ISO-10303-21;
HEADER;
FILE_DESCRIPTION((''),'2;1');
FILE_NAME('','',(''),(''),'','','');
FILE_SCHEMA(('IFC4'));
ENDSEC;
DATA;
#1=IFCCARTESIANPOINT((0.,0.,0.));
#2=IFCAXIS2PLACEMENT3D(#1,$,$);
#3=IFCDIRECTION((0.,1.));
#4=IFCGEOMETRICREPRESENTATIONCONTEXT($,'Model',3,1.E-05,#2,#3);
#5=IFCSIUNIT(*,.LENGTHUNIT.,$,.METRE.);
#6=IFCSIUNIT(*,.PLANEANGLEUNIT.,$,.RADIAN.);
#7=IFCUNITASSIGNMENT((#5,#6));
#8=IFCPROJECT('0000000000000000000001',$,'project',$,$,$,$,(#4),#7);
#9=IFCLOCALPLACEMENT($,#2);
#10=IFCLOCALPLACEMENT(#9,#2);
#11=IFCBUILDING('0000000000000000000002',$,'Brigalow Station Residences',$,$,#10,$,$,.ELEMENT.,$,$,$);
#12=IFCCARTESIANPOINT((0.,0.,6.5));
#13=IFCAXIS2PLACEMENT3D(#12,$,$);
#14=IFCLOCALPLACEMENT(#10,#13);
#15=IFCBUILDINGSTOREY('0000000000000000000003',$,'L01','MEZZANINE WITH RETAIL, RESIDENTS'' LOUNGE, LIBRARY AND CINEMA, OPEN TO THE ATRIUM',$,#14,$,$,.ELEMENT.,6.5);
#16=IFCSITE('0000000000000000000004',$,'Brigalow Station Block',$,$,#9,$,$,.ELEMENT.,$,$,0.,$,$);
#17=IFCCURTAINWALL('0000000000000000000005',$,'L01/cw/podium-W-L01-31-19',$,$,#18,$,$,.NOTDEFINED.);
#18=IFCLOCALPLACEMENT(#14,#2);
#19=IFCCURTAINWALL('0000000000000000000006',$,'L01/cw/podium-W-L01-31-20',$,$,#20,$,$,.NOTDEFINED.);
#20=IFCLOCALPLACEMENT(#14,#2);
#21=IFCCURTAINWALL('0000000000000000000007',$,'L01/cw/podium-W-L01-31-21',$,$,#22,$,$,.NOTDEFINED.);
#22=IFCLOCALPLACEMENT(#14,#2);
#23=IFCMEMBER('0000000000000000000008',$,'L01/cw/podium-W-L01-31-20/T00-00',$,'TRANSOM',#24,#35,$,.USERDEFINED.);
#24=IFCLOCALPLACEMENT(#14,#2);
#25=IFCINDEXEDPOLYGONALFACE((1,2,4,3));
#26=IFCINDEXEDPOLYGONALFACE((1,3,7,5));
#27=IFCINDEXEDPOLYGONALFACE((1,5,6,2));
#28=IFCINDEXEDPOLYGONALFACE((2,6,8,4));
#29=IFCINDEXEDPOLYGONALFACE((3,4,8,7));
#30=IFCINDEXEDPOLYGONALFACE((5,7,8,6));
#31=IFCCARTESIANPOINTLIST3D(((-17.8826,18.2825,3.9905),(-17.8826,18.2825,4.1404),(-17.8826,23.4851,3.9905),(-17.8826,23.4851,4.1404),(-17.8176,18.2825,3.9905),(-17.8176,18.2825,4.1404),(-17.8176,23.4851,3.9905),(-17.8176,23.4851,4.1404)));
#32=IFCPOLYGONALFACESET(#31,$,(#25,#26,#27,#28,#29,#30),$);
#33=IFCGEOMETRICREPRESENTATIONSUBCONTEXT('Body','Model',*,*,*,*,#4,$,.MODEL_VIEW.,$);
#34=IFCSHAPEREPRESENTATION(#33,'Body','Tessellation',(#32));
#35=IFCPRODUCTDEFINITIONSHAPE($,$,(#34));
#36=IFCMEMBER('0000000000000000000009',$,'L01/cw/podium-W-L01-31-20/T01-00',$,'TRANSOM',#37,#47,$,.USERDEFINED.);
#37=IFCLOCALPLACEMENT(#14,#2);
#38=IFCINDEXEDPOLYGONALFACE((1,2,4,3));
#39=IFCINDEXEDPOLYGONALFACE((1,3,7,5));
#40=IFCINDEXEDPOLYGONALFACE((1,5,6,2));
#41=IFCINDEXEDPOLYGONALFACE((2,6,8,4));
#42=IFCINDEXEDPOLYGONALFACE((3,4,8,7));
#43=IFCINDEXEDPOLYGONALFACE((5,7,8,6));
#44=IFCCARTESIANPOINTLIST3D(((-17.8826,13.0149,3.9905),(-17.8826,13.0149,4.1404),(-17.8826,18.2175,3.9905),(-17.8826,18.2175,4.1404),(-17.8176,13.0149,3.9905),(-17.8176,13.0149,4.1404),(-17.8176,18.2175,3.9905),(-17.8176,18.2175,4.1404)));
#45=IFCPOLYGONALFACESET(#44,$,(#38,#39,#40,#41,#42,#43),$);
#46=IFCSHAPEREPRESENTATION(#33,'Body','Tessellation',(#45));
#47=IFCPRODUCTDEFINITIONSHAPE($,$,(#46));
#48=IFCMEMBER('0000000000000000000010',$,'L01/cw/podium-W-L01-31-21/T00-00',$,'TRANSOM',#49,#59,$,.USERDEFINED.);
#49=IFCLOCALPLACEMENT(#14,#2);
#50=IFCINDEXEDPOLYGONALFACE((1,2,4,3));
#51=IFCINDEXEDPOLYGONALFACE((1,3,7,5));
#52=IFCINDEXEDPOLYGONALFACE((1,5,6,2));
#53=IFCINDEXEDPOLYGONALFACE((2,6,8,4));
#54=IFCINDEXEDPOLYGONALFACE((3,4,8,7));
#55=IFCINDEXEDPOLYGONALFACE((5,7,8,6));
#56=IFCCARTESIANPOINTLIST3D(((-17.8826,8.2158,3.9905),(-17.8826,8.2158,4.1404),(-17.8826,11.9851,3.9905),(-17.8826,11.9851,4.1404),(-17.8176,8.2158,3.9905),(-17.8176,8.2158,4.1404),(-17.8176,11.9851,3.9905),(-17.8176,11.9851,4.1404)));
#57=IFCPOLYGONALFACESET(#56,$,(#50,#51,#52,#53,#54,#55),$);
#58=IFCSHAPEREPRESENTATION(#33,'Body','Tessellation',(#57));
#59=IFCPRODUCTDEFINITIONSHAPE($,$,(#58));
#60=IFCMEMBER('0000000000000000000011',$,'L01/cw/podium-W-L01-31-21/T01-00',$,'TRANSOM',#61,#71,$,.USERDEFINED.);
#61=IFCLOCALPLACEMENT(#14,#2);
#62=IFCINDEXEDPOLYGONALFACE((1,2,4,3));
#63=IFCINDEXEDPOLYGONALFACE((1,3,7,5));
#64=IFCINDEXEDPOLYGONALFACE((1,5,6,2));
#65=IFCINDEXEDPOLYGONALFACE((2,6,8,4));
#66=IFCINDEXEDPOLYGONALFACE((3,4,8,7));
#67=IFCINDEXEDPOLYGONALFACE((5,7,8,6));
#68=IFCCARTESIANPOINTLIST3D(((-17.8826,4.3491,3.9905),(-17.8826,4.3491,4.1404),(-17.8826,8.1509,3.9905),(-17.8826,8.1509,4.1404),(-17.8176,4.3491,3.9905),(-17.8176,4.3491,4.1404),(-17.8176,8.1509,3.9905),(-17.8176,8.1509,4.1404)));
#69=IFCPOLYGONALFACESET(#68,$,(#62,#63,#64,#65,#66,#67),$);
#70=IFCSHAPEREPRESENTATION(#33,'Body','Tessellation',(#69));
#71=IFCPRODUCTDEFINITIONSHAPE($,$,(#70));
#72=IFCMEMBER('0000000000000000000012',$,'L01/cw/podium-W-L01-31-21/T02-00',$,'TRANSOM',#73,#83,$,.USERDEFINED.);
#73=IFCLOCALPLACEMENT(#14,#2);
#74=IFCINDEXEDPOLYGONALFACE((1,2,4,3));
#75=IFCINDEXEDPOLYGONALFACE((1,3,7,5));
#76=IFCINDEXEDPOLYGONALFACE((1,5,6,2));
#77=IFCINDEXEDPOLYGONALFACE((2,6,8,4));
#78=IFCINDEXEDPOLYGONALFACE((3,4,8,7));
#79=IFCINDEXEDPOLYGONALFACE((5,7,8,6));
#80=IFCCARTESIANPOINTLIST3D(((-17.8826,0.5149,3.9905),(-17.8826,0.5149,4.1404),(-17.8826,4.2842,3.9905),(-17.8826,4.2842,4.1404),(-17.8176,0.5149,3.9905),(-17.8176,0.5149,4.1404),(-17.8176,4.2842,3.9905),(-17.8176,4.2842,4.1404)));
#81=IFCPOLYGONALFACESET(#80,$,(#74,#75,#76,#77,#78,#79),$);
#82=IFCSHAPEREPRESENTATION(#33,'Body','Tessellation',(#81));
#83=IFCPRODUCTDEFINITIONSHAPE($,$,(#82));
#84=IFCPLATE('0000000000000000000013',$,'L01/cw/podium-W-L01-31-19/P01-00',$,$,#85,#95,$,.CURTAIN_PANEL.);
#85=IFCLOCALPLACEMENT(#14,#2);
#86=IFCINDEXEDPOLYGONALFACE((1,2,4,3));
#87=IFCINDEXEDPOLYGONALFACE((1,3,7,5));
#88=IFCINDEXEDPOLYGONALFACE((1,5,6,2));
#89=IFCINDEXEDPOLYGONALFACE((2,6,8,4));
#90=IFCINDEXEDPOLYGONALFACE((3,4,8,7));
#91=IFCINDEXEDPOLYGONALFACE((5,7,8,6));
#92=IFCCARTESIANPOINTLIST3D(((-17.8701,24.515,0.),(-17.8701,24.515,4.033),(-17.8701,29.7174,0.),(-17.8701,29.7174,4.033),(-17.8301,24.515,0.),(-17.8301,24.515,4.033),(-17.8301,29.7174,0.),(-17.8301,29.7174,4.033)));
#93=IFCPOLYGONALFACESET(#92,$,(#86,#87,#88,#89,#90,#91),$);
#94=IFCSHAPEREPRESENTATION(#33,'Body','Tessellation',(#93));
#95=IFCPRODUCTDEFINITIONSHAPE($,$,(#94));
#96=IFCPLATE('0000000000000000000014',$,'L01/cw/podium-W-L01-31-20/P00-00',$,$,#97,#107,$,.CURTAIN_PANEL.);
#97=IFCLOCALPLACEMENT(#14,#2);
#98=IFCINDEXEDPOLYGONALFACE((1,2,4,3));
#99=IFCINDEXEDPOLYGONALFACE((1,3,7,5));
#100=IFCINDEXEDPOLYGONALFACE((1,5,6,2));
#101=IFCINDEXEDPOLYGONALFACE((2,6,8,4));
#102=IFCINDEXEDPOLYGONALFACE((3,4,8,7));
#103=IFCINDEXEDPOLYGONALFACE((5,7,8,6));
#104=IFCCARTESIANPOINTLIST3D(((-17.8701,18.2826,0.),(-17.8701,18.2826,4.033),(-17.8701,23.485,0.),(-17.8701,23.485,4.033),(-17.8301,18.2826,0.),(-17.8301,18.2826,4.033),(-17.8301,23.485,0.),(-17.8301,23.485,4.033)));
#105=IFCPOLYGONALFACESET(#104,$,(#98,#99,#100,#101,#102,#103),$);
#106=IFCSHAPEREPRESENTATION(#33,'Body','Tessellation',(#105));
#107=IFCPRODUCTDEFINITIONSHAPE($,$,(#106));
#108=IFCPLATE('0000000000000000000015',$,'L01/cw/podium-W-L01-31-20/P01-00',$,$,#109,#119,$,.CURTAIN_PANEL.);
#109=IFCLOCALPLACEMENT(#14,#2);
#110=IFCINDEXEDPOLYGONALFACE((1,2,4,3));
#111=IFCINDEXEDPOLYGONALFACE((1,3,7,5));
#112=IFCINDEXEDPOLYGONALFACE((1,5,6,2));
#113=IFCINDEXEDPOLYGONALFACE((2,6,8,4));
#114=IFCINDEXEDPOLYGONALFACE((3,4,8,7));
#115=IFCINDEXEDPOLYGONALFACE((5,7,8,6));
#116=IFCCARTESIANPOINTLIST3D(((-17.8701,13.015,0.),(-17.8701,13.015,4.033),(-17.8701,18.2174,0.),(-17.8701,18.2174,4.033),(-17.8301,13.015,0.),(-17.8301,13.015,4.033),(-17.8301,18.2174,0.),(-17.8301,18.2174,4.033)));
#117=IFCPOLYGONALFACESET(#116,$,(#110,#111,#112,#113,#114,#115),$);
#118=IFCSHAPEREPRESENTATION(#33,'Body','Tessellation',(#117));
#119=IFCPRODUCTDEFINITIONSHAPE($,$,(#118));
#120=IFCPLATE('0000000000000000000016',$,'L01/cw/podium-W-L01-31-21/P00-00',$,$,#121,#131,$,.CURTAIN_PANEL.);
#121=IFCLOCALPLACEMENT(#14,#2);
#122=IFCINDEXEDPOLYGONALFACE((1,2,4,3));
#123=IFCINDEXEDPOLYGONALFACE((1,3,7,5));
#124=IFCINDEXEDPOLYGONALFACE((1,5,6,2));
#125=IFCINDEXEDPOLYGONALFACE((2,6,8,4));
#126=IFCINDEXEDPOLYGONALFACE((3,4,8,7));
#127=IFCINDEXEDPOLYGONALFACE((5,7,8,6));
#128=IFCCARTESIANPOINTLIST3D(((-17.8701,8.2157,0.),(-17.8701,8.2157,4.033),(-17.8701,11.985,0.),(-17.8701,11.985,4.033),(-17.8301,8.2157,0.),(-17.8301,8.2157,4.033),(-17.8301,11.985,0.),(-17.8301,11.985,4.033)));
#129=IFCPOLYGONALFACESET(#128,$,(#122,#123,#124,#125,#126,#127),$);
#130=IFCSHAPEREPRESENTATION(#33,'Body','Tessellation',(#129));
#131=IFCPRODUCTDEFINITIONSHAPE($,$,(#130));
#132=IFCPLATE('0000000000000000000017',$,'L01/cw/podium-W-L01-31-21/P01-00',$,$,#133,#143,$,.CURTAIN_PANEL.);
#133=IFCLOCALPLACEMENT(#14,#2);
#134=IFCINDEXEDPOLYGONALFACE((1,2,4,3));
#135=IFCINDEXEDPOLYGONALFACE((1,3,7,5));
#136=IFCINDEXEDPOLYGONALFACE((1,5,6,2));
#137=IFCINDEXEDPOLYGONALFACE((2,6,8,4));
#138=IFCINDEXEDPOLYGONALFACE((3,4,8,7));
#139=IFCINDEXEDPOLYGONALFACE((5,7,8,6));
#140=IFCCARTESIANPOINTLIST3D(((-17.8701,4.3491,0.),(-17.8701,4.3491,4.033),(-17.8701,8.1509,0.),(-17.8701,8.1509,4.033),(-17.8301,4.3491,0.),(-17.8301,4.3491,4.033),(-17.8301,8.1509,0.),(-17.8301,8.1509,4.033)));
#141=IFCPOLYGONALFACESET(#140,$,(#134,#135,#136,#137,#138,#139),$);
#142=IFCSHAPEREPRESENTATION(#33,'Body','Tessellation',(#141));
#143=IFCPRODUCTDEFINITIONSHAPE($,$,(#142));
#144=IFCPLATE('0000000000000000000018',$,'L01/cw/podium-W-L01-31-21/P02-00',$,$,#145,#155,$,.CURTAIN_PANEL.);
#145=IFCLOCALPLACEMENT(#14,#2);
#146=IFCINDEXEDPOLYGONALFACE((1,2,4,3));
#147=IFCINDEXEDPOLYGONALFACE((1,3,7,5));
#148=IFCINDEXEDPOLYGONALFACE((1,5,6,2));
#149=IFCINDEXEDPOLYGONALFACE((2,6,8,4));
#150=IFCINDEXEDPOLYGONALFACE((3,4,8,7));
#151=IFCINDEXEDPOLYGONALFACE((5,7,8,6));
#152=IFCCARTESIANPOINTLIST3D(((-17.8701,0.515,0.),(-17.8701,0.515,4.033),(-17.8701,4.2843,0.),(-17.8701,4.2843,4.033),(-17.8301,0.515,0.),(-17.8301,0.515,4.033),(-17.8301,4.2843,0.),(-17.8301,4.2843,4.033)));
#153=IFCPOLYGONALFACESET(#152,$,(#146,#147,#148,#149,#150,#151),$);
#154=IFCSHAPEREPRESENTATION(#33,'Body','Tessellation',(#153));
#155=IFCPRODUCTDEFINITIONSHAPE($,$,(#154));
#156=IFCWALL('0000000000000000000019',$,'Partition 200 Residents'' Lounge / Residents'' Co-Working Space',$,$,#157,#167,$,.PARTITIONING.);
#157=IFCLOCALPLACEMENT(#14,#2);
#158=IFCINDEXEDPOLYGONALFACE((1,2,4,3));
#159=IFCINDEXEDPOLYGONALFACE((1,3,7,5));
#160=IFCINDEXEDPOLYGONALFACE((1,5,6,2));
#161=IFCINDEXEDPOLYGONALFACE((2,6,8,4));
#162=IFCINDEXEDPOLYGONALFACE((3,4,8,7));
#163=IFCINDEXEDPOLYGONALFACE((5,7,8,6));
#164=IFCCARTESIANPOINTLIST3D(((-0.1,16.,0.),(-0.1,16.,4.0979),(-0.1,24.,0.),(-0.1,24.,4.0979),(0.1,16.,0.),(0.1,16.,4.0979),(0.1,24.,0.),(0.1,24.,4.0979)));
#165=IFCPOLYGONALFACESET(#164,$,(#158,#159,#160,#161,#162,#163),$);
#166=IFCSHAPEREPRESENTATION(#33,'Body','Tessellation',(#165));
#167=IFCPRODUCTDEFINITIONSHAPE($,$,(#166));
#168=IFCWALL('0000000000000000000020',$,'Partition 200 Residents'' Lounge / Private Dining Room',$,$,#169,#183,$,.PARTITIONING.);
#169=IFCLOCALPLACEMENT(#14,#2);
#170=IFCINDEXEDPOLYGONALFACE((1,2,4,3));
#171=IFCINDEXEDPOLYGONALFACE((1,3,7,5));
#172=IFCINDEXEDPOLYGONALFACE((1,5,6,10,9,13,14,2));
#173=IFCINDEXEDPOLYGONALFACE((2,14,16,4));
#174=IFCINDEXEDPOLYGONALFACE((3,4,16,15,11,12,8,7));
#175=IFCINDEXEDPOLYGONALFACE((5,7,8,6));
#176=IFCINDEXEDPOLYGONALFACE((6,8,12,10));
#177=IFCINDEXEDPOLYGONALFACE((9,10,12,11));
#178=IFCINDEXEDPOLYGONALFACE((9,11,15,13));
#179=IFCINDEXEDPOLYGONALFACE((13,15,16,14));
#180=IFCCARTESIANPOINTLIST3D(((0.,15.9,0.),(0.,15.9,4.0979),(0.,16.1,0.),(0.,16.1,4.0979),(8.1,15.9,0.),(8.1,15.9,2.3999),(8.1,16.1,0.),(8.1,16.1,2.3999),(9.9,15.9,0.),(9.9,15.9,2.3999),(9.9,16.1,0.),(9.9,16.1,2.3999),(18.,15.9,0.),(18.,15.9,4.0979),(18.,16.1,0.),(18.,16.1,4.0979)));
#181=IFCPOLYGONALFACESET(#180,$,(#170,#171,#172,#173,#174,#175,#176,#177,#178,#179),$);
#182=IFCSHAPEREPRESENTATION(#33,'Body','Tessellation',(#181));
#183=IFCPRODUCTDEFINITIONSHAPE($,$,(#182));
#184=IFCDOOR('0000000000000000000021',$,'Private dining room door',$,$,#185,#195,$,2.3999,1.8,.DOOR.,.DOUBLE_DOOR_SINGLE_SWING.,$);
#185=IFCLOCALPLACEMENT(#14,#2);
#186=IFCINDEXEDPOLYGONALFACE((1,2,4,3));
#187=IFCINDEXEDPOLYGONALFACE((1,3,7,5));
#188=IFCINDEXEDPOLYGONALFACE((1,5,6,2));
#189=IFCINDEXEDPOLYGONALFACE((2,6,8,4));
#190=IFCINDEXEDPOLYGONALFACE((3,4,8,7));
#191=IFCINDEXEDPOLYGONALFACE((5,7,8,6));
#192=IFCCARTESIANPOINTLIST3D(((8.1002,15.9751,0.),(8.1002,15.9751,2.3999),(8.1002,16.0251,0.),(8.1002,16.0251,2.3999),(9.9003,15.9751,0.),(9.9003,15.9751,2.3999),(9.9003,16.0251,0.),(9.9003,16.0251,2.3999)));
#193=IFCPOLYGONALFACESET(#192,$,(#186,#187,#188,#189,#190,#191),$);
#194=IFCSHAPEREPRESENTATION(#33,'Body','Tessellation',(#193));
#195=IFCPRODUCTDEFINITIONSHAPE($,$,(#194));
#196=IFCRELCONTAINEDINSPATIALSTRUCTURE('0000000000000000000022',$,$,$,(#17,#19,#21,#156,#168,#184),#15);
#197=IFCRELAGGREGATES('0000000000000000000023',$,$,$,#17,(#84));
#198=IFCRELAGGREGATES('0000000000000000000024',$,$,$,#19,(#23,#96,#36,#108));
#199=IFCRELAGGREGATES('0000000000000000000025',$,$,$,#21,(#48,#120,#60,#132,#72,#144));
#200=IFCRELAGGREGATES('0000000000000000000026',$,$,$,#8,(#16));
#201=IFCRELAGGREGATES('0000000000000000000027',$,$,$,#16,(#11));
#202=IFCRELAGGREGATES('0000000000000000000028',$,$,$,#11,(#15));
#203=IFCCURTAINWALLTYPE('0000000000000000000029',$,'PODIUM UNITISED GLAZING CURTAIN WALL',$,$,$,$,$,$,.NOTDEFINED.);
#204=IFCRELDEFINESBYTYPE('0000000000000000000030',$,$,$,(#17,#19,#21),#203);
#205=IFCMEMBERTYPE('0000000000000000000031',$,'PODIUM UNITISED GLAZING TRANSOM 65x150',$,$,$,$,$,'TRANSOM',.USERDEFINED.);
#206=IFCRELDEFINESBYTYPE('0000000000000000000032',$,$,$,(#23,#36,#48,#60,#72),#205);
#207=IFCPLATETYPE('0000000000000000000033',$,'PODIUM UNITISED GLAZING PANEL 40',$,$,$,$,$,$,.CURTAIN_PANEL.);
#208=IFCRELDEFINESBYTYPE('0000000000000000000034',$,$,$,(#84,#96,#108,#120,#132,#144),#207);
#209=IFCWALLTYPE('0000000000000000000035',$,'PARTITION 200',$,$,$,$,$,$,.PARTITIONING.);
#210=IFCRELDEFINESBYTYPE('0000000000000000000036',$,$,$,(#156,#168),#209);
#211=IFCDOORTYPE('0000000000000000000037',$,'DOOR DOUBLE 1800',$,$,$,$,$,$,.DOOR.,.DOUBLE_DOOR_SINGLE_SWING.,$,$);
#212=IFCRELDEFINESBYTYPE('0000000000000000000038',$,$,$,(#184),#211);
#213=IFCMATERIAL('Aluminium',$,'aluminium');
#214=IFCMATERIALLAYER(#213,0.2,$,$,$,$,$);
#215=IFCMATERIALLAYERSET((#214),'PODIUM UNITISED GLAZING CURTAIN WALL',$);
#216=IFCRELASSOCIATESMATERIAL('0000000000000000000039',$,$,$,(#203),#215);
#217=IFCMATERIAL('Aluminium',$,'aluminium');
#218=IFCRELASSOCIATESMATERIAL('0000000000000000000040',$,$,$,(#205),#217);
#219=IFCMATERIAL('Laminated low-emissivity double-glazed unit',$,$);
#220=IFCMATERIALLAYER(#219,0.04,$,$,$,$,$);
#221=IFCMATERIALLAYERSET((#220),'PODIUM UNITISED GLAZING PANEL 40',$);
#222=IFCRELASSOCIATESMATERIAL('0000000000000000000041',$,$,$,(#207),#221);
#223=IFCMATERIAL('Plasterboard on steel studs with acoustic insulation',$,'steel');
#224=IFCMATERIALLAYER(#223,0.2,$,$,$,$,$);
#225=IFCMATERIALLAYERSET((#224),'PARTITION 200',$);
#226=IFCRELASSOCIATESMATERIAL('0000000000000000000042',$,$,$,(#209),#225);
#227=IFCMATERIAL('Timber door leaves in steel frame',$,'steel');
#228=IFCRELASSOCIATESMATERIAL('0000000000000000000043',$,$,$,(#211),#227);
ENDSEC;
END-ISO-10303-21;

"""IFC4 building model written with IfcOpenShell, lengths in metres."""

from ifc_helpers import new_model, si_unit, direction, frame, frame_2d, origin, origin_2d, place, context, subcontext, project, spatial, rectangle, extrude, material, layer, layer_set, material_profile, profile_set, type_object, element, fill, aggregate, save


model = new_model("IFC4")

# Units and contexts
model_context = context("Model", 3, precision=1e-05, world=origin(), true_north=direction((0.0, 1.0)))
body_context = subcontext(model_context, "Body", "Model", "MODEL_VIEW")
ifc_project = project(units=[si_unit("LENGTHUNIT", "METRE"), si_unit("PLANEANGLEUNIT", "RADIAN")], contexts=[model_context])

# Site, building, storey
site_placement = place(None, origin())
site = spatial("IfcSite", under=ifc_project, at=site_placement, Name="Brigalow Station Block", CompositionType="ELEMENT", RefElevation=0.0)
building_placement = place(site_placement, origin())
building = spatial("IfcBuilding", under=site, at=building_placement, Name="Brigalow Station Residences", CompositionType="ELEMENT")
storey_placement = place(building_placement, frame((0.0, 0.0, 6.5)))
storey = spatial("IfcBuildingStorey", under=building, at=storey_placement, Name="L01", Description="MEZZANINE WITH RETAIL, RESIDENTS' LOUNGE, LIBRARY AND CINEMA, OPEN TO THE ATRIUM", CompositionType="ELEMENT", Elevation=6.5)

# Curtain wall
ifc_material_1 = material(Name="Aluminium", Category="aluminium")
ifc_layer_1 = layer(ifc_material_1, 0.2)
ifc_layer_set_1 = layer_set([ifc_layer_1], Name="PODIUM UNITISED GLAZING CURTAIN WALL")
curtain_wall_type = type_object("IfcCurtainWallType", Name="PODIUM UNITISED GLAZING CURTAIN WALL", PredefinedType="NOTDEFINED", material=ifc_layer_set_1)
curtain_wall_1_placement = place(storey_placement, origin())
curtain_wall_1 = element("IfcCurtainWall", 1, at=curtain_wall_1_placement, inside=storey, type_object=curtain_wall_type, Name="L01/cw/podium-W-L01-31-19", PredefinedType="NOTDEFINED")

# Curtain walls
curtain_wall_2_placement = place(storey_placement, origin())
curtain_wall_2 = element("IfcCurtainWall", 2, at=curtain_wall_2_placement, inside=storey, type_object=curtain_wall_type, Name="L01/cw/podium-W-L01-31-20", PredefinedType="NOTDEFINED")
curtain_wall_3_placement = place(storey_placement, origin())
curtain_wall_3 = element("IfcCurtainWall", 3, at=curtain_wall_3_placement, inside=storey, type_object=curtain_wall_type, Name="L01/cw/podium-W-L01-31-21", PredefinedType="NOTDEFINED")

# Members
ifc_material_2 = material(Name="Aluminium", Category="aluminium")
ifc_material_profile_1 = material_profile(ifc_material_2, rectangle(XDim=0.0649, YDim=0.1499, at=origin_2d()), Name="PODIUM UNITISED GLAZING TRANSOM 65x150")
ifc_profile_set_1 = profile_set([ifc_material_profile_1], Name="Aluminium")
member_type_1 = type_object("IfcMemberType", Name="PODIUM UNITISED GLAZING TRANSOM 65x150", ElementType="TRANSOM", PredefinedType="USERDEFINED", material=ifc_profile_set_1)
member_1_placement = place(storey_placement, frame((-17.8501, 23.4851, 4.0654), z_axis=(0.0, -1.0, 0.0), x_axis=(1.0, 0.0, 0.0)))
member_1 = element("IfcMember", 4, at=member_1_placement, type_object=member_type_1, Name="L01/cw/podium-W-L01-31-20/T00-00", ObjectType="TRANSOM", PredefinedType="USERDEFINED", context=body_context, shape_type="SweptSolid", body=[
    extrude(rectangle(XDim=0.0649, YDim=0.1499, at=origin_2d()), origin(), (0.0, 0.0, 1.0), 5.2026),
])
member_2_placement = place(storey_placement, frame((-17.8501, 18.2175, 4.0654), z_axis=(0.0, -1.0, 0.0), x_axis=(1.0, 0.0, 0.0)))
member_2 = element("IfcMember", 5, at=member_2_placement, type_object=member_type_1, Name="L01/cw/podium-W-L01-31-20/T01-00", ObjectType="TRANSOM", PredefinedType="USERDEFINED", context=body_context, shape_type="SweptSolid", body=[
    extrude(rectangle(XDim=0.0649, YDim=0.1499, at=origin_2d()), origin(), (0.0, 0.0, 1.0), 5.2026),
])
member_3_placement = place(storey_placement, frame((-17.8501, 11.9851, 4.0654), z_axis=(0.0, -1.0, 0.0), x_axis=(1.0, 0.0, 0.0)))
member_3 = element("IfcMember", 6, at=member_3_placement, type_object=member_type_1, Name="L01/cw/podium-W-L01-31-21/T00-00", ObjectType="TRANSOM", PredefinedType="USERDEFINED", context=body_context, shape_type="SweptSolid", body=[
    extrude(rectangle(XDim=0.0649, YDim=0.1499, at=origin_2d()), origin(), (0.0, 0.0, 1.0), 3.7693),
])
member_4_placement = place(storey_placement, frame((-17.8501, 8.1509, 4.0654), z_axis=(0.0, -1.0, 0.0), x_axis=(1.0, 0.0, 0.0)))
member_4 = element("IfcMember", 7, at=member_4_placement, type_object=member_type_1, Name="L01/cw/podium-W-L01-31-21/T01-00", ObjectType="TRANSOM", PredefinedType="USERDEFINED", context=body_context, shape_type="SweptSolid", body=[
    extrude(rectangle(XDim=0.0649, YDim=0.1499, at=origin_2d()), origin(), (0.0, 0.0, 1.0), 3.8018),
])
member_5_placement = place(storey_placement, frame((-17.8501, 4.2842, 4.0654), z_axis=(0.0, -1.0, 0.0), x_axis=(1.0, 0.0, 0.0)))
member_5 = element("IfcMember", 8, at=member_5_placement, type_object=member_type_1, Name="L01/cw/podium-W-L01-31-21/T02-00", ObjectType="TRANSOM", PredefinedType="USERDEFINED", context=body_context, shape_type="SweptSolid", body=[
    extrude(rectangle(XDim=0.0649, YDim=0.1499, at=origin_2d()), origin(), (0.0, 0.0, 1.0), 3.7693),
])

# Plates
ifc_material_3 = material(Name="Laminated low-emissivity double-glazed unit")
ifc_layer_2 = layer(ifc_material_3, 0.04)
ifc_layer_set_2 = layer_set([ifc_layer_2], Name="PODIUM UNITISED GLAZING PANEL 40")
plate_type = type_object("IfcPlateType", Name="PODIUM UNITISED GLAZING PANEL 40", PredefinedType="CURTAIN_PANEL", material=ifc_layer_set_2)
plate_1_placement = place(storey_placement, frame((-17.8501, 27.1162, 0.0), z_axis=(0.0, 0.0, 1.0), x_axis=(0.0, -1.0, 0.0)))
plate_1 = element("IfcPlate", 9, at=plate_1_placement, type_object=plate_type, Name="L01/cw/podium-W-L01-31-19/P01-00", PredefinedType="CURTAIN_PANEL", context=body_context, shape_type="SweptSolid", body=[
    extrude(rectangle(XDim=5.2024, YDim=0.04, at=origin_2d()), origin(), (0.0, 0.0, 1.0), 4.033),
])
aggregate(curtain_wall_1, [plate_1])
plate_2_placement = place(storey_placement, frame((-17.8501, 20.8838, 0.0), z_axis=(0.0, 0.0, 1.0), x_axis=(0.0, -1.0, 0.0)))
plate_2 = element("IfcPlate", 10, at=plate_2_placement, type_object=plate_type, Name="L01/cw/podium-W-L01-31-20/P00-00", PredefinedType="CURTAIN_PANEL", context=body_context, shape_type="SweptSolid", body=[
    extrude(rectangle(XDim=5.2024, YDim=0.04, at=origin_2d()), origin(), (0.0, 0.0, 1.0), 4.033),
])
plate_3_placement = place(storey_placement, frame((-17.8501, 15.6162, 0.0), z_axis=(0.0, 0.0, 1.0), x_axis=(0.0, -1.0, 0.0)))
plate_3 = element("IfcPlate", 11, at=plate_3_placement, type_object=plate_type, Name="L01/cw/podium-W-L01-31-20/P01-00", PredefinedType="CURTAIN_PANEL", context=body_context, shape_type="SweptSolid", body=[
    extrude(rectangle(XDim=5.2024, YDim=0.04, at=origin_2d()), origin(), (0.0, 0.0, 1.0), 4.033),
])
aggregate(curtain_wall_2, [member_1, plate_2, member_2, plate_3])
plate_4_placement = place(storey_placement, frame((-17.8501, 10.1003, 0.0), z_axis=(0.0, 0.0, 1.0), x_axis=(0.0, -1.0, 0.0)))
plate_4 = element("IfcPlate", 12, at=plate_4_placement, type_object=plate_type, Name="L01/cw/podium-W-L01-31-21/P00-00", PredefinedType="CURTAIN_PANEL", context=body_context, shape_type="SweptSolid", body=[
    extrude(rectangle(XDim=3.7693, YDim=0.04, at=origin_2d()), origin(), (0.0, 0.0, 1.0), 4.033),
])
plate_5_placement = place(storey_placement, frame((-17.8501, 6.25, 0.0), z_axis=(0.0, 0.0, 1.0), x_axis=(0.0, -1.0, 0.0)))
plate_5 = element("IfcPlate", 13, at=plate_5_placement, type_object=plate_type, Name="L01/cw/podium-W-L01-31-21/P01-00", PredefinedType="CURTAIN_PANEL", context=body_context, shape_type="SweptSolid", body=[
    extrude(rectangle(XDim=3.8018, YDim=0.04, at=origin_2d()), origin(), (0.0, 0.0, 1.0), 4.033),
])
plate_6_placement = place(storey_placement, frame((-17.8501, 2.3997, 0.0), z_axis=(0.0, 0.0, 1.0), x_axis=(0.0, -1.0, 0.0)))
plate_6 = element("IfcPlate", 14, at=plate_6_placement, type_object=plate_type, Name="L01/cw/podium-W-L01-31-21/P02-00", PredefinedType="CURTAIN_PANEL", context=body_context, shape_type="SweptSolid", body=[
    extrude(rectangle(XDim=3.7693, YDim=0.04, at=origin_2d()), origin(), (0.0, 0.0, 1.0), 4.033),
])
aggregate(curtain_wall_3, [member_3, plate_4, member_4, plate_5, member_5, plate_6])

# Wall
ifc_material_4 = material(Name="Plasterboard on steel studs with acoustic insulation", Category="steel")
ifc_layer_3 = layer(ifc_material_4, 0.2)
ifc_layer_set_3 = layer_set([ifc_layer_3], Name="PARTITION 200")
wall_type = type_object("IfcWallType", Name="PARTITION 200", PredefinedType="PARTITIONING", material=ifc_layer_set_3)
wall_1_placement = place(storey_placement, frame((0.0, 16.0, 0.0), z_axis=(0.0, 0.0, 1.0), x_axis=(0.0, 1.0, 0.0)))
element("IfcWall", 15, at=wall_1_placement, inside=storey, type_object=wall_type, Name="Partition 200 Residents' Lounge / Residents' Co-Working Space", PredefinedType="PARTITIONING", context=body_context, shape_type="SweptSolid", body=[
    extrude(rectangle(XDim=8.0, YDim=0.2, at=frame_2d((4.0, 0.0))), origin(), (0.0, 0.0, 1.0), 4.0979),
])

# Wall, opening, door
wall_2_placement = place(storey_placement, frame((0.0, 16.0, 0.0), z_axis=(0.0, 0.0, 1.0), x_axis=(1.0, 0.0, 0.0)))
wall_2 = element("IfcWall", 16, at=wall_2_placement, inside=storey, type_object=wall_type, Name="Partition 200 Residents' Lounge / Private Dining Room", PredefinedType="PARTITIONING", context=body_context, shape_type="SweptSolid", body=[
    extrude(rectangle(XDim=18.0, YDim=0.2, at=frame_2d((9.0, 0.0))), origin(), (0.0, 0.0, 1.0), 4.0979),
])
opening_1_placement = place(wall_2_placement, frame((8.1001, 0.0, 0.0)))
opening_1 = element("IfcOpeningElement", 17, at=opening_1_placement, cuts=wall_2, PredefinedType="OPENING", context=body_context, shape_type="SweptSolid", body=[
    extrude(rectangle(XDim=1.8, YDim=2.3999, at=frame_2d((0.8999, 1.2))), frame((0.0, 0.1099, 0.0), z_axis=(0.0, -1.0, 0.0), x_axis=(1.0, 0.0, 0.0)), (0.0, 0.0, 1.0), 0.22),
])
ifc_material_5 = material(Name="Timber door leaves in steel frame", Category="steel")
door_type = type_object("IfcDoorType", Name="DOOR DOUBLE 1800", OperationType="DOUBLE_DOOR_SINGLE_SWING", PredefinedType="DOOR", material=ifc_material_5)
door_1_placement = place(opening_1_placement, frame((1.8, 0.0, 0.0), z_axis=(0.0, 0.0, 1.0), x_axis=(-1.0, 0.0, 0.0)))
door_1 = element("IfcDoor", 18, at=door_1_placement, inside=storey, type_object=door_type, Name="Private dining room door", OperationType="DOUBLE_DOOR_SINGLE_SWING", OverallHeight=2.3999, OverallWidth=1.8, PredefinedType="DOOR", context=body_context, shape_type="SweptSolid", body=[
    extrude(rectangle(XDim=1.8, YDim=2.3999, at=frame_2d((0.8999, 1.2))), frame((0.0, 0.0249, 0.0), z_axis=(0.0, -1.0, 0.0), x_axis=(1.0, 0.0, 0.0)), (0.0, 0.0, 1.0), 0.05),
])
fill(opening_1, door_1)

save(model, "model.ifc")
